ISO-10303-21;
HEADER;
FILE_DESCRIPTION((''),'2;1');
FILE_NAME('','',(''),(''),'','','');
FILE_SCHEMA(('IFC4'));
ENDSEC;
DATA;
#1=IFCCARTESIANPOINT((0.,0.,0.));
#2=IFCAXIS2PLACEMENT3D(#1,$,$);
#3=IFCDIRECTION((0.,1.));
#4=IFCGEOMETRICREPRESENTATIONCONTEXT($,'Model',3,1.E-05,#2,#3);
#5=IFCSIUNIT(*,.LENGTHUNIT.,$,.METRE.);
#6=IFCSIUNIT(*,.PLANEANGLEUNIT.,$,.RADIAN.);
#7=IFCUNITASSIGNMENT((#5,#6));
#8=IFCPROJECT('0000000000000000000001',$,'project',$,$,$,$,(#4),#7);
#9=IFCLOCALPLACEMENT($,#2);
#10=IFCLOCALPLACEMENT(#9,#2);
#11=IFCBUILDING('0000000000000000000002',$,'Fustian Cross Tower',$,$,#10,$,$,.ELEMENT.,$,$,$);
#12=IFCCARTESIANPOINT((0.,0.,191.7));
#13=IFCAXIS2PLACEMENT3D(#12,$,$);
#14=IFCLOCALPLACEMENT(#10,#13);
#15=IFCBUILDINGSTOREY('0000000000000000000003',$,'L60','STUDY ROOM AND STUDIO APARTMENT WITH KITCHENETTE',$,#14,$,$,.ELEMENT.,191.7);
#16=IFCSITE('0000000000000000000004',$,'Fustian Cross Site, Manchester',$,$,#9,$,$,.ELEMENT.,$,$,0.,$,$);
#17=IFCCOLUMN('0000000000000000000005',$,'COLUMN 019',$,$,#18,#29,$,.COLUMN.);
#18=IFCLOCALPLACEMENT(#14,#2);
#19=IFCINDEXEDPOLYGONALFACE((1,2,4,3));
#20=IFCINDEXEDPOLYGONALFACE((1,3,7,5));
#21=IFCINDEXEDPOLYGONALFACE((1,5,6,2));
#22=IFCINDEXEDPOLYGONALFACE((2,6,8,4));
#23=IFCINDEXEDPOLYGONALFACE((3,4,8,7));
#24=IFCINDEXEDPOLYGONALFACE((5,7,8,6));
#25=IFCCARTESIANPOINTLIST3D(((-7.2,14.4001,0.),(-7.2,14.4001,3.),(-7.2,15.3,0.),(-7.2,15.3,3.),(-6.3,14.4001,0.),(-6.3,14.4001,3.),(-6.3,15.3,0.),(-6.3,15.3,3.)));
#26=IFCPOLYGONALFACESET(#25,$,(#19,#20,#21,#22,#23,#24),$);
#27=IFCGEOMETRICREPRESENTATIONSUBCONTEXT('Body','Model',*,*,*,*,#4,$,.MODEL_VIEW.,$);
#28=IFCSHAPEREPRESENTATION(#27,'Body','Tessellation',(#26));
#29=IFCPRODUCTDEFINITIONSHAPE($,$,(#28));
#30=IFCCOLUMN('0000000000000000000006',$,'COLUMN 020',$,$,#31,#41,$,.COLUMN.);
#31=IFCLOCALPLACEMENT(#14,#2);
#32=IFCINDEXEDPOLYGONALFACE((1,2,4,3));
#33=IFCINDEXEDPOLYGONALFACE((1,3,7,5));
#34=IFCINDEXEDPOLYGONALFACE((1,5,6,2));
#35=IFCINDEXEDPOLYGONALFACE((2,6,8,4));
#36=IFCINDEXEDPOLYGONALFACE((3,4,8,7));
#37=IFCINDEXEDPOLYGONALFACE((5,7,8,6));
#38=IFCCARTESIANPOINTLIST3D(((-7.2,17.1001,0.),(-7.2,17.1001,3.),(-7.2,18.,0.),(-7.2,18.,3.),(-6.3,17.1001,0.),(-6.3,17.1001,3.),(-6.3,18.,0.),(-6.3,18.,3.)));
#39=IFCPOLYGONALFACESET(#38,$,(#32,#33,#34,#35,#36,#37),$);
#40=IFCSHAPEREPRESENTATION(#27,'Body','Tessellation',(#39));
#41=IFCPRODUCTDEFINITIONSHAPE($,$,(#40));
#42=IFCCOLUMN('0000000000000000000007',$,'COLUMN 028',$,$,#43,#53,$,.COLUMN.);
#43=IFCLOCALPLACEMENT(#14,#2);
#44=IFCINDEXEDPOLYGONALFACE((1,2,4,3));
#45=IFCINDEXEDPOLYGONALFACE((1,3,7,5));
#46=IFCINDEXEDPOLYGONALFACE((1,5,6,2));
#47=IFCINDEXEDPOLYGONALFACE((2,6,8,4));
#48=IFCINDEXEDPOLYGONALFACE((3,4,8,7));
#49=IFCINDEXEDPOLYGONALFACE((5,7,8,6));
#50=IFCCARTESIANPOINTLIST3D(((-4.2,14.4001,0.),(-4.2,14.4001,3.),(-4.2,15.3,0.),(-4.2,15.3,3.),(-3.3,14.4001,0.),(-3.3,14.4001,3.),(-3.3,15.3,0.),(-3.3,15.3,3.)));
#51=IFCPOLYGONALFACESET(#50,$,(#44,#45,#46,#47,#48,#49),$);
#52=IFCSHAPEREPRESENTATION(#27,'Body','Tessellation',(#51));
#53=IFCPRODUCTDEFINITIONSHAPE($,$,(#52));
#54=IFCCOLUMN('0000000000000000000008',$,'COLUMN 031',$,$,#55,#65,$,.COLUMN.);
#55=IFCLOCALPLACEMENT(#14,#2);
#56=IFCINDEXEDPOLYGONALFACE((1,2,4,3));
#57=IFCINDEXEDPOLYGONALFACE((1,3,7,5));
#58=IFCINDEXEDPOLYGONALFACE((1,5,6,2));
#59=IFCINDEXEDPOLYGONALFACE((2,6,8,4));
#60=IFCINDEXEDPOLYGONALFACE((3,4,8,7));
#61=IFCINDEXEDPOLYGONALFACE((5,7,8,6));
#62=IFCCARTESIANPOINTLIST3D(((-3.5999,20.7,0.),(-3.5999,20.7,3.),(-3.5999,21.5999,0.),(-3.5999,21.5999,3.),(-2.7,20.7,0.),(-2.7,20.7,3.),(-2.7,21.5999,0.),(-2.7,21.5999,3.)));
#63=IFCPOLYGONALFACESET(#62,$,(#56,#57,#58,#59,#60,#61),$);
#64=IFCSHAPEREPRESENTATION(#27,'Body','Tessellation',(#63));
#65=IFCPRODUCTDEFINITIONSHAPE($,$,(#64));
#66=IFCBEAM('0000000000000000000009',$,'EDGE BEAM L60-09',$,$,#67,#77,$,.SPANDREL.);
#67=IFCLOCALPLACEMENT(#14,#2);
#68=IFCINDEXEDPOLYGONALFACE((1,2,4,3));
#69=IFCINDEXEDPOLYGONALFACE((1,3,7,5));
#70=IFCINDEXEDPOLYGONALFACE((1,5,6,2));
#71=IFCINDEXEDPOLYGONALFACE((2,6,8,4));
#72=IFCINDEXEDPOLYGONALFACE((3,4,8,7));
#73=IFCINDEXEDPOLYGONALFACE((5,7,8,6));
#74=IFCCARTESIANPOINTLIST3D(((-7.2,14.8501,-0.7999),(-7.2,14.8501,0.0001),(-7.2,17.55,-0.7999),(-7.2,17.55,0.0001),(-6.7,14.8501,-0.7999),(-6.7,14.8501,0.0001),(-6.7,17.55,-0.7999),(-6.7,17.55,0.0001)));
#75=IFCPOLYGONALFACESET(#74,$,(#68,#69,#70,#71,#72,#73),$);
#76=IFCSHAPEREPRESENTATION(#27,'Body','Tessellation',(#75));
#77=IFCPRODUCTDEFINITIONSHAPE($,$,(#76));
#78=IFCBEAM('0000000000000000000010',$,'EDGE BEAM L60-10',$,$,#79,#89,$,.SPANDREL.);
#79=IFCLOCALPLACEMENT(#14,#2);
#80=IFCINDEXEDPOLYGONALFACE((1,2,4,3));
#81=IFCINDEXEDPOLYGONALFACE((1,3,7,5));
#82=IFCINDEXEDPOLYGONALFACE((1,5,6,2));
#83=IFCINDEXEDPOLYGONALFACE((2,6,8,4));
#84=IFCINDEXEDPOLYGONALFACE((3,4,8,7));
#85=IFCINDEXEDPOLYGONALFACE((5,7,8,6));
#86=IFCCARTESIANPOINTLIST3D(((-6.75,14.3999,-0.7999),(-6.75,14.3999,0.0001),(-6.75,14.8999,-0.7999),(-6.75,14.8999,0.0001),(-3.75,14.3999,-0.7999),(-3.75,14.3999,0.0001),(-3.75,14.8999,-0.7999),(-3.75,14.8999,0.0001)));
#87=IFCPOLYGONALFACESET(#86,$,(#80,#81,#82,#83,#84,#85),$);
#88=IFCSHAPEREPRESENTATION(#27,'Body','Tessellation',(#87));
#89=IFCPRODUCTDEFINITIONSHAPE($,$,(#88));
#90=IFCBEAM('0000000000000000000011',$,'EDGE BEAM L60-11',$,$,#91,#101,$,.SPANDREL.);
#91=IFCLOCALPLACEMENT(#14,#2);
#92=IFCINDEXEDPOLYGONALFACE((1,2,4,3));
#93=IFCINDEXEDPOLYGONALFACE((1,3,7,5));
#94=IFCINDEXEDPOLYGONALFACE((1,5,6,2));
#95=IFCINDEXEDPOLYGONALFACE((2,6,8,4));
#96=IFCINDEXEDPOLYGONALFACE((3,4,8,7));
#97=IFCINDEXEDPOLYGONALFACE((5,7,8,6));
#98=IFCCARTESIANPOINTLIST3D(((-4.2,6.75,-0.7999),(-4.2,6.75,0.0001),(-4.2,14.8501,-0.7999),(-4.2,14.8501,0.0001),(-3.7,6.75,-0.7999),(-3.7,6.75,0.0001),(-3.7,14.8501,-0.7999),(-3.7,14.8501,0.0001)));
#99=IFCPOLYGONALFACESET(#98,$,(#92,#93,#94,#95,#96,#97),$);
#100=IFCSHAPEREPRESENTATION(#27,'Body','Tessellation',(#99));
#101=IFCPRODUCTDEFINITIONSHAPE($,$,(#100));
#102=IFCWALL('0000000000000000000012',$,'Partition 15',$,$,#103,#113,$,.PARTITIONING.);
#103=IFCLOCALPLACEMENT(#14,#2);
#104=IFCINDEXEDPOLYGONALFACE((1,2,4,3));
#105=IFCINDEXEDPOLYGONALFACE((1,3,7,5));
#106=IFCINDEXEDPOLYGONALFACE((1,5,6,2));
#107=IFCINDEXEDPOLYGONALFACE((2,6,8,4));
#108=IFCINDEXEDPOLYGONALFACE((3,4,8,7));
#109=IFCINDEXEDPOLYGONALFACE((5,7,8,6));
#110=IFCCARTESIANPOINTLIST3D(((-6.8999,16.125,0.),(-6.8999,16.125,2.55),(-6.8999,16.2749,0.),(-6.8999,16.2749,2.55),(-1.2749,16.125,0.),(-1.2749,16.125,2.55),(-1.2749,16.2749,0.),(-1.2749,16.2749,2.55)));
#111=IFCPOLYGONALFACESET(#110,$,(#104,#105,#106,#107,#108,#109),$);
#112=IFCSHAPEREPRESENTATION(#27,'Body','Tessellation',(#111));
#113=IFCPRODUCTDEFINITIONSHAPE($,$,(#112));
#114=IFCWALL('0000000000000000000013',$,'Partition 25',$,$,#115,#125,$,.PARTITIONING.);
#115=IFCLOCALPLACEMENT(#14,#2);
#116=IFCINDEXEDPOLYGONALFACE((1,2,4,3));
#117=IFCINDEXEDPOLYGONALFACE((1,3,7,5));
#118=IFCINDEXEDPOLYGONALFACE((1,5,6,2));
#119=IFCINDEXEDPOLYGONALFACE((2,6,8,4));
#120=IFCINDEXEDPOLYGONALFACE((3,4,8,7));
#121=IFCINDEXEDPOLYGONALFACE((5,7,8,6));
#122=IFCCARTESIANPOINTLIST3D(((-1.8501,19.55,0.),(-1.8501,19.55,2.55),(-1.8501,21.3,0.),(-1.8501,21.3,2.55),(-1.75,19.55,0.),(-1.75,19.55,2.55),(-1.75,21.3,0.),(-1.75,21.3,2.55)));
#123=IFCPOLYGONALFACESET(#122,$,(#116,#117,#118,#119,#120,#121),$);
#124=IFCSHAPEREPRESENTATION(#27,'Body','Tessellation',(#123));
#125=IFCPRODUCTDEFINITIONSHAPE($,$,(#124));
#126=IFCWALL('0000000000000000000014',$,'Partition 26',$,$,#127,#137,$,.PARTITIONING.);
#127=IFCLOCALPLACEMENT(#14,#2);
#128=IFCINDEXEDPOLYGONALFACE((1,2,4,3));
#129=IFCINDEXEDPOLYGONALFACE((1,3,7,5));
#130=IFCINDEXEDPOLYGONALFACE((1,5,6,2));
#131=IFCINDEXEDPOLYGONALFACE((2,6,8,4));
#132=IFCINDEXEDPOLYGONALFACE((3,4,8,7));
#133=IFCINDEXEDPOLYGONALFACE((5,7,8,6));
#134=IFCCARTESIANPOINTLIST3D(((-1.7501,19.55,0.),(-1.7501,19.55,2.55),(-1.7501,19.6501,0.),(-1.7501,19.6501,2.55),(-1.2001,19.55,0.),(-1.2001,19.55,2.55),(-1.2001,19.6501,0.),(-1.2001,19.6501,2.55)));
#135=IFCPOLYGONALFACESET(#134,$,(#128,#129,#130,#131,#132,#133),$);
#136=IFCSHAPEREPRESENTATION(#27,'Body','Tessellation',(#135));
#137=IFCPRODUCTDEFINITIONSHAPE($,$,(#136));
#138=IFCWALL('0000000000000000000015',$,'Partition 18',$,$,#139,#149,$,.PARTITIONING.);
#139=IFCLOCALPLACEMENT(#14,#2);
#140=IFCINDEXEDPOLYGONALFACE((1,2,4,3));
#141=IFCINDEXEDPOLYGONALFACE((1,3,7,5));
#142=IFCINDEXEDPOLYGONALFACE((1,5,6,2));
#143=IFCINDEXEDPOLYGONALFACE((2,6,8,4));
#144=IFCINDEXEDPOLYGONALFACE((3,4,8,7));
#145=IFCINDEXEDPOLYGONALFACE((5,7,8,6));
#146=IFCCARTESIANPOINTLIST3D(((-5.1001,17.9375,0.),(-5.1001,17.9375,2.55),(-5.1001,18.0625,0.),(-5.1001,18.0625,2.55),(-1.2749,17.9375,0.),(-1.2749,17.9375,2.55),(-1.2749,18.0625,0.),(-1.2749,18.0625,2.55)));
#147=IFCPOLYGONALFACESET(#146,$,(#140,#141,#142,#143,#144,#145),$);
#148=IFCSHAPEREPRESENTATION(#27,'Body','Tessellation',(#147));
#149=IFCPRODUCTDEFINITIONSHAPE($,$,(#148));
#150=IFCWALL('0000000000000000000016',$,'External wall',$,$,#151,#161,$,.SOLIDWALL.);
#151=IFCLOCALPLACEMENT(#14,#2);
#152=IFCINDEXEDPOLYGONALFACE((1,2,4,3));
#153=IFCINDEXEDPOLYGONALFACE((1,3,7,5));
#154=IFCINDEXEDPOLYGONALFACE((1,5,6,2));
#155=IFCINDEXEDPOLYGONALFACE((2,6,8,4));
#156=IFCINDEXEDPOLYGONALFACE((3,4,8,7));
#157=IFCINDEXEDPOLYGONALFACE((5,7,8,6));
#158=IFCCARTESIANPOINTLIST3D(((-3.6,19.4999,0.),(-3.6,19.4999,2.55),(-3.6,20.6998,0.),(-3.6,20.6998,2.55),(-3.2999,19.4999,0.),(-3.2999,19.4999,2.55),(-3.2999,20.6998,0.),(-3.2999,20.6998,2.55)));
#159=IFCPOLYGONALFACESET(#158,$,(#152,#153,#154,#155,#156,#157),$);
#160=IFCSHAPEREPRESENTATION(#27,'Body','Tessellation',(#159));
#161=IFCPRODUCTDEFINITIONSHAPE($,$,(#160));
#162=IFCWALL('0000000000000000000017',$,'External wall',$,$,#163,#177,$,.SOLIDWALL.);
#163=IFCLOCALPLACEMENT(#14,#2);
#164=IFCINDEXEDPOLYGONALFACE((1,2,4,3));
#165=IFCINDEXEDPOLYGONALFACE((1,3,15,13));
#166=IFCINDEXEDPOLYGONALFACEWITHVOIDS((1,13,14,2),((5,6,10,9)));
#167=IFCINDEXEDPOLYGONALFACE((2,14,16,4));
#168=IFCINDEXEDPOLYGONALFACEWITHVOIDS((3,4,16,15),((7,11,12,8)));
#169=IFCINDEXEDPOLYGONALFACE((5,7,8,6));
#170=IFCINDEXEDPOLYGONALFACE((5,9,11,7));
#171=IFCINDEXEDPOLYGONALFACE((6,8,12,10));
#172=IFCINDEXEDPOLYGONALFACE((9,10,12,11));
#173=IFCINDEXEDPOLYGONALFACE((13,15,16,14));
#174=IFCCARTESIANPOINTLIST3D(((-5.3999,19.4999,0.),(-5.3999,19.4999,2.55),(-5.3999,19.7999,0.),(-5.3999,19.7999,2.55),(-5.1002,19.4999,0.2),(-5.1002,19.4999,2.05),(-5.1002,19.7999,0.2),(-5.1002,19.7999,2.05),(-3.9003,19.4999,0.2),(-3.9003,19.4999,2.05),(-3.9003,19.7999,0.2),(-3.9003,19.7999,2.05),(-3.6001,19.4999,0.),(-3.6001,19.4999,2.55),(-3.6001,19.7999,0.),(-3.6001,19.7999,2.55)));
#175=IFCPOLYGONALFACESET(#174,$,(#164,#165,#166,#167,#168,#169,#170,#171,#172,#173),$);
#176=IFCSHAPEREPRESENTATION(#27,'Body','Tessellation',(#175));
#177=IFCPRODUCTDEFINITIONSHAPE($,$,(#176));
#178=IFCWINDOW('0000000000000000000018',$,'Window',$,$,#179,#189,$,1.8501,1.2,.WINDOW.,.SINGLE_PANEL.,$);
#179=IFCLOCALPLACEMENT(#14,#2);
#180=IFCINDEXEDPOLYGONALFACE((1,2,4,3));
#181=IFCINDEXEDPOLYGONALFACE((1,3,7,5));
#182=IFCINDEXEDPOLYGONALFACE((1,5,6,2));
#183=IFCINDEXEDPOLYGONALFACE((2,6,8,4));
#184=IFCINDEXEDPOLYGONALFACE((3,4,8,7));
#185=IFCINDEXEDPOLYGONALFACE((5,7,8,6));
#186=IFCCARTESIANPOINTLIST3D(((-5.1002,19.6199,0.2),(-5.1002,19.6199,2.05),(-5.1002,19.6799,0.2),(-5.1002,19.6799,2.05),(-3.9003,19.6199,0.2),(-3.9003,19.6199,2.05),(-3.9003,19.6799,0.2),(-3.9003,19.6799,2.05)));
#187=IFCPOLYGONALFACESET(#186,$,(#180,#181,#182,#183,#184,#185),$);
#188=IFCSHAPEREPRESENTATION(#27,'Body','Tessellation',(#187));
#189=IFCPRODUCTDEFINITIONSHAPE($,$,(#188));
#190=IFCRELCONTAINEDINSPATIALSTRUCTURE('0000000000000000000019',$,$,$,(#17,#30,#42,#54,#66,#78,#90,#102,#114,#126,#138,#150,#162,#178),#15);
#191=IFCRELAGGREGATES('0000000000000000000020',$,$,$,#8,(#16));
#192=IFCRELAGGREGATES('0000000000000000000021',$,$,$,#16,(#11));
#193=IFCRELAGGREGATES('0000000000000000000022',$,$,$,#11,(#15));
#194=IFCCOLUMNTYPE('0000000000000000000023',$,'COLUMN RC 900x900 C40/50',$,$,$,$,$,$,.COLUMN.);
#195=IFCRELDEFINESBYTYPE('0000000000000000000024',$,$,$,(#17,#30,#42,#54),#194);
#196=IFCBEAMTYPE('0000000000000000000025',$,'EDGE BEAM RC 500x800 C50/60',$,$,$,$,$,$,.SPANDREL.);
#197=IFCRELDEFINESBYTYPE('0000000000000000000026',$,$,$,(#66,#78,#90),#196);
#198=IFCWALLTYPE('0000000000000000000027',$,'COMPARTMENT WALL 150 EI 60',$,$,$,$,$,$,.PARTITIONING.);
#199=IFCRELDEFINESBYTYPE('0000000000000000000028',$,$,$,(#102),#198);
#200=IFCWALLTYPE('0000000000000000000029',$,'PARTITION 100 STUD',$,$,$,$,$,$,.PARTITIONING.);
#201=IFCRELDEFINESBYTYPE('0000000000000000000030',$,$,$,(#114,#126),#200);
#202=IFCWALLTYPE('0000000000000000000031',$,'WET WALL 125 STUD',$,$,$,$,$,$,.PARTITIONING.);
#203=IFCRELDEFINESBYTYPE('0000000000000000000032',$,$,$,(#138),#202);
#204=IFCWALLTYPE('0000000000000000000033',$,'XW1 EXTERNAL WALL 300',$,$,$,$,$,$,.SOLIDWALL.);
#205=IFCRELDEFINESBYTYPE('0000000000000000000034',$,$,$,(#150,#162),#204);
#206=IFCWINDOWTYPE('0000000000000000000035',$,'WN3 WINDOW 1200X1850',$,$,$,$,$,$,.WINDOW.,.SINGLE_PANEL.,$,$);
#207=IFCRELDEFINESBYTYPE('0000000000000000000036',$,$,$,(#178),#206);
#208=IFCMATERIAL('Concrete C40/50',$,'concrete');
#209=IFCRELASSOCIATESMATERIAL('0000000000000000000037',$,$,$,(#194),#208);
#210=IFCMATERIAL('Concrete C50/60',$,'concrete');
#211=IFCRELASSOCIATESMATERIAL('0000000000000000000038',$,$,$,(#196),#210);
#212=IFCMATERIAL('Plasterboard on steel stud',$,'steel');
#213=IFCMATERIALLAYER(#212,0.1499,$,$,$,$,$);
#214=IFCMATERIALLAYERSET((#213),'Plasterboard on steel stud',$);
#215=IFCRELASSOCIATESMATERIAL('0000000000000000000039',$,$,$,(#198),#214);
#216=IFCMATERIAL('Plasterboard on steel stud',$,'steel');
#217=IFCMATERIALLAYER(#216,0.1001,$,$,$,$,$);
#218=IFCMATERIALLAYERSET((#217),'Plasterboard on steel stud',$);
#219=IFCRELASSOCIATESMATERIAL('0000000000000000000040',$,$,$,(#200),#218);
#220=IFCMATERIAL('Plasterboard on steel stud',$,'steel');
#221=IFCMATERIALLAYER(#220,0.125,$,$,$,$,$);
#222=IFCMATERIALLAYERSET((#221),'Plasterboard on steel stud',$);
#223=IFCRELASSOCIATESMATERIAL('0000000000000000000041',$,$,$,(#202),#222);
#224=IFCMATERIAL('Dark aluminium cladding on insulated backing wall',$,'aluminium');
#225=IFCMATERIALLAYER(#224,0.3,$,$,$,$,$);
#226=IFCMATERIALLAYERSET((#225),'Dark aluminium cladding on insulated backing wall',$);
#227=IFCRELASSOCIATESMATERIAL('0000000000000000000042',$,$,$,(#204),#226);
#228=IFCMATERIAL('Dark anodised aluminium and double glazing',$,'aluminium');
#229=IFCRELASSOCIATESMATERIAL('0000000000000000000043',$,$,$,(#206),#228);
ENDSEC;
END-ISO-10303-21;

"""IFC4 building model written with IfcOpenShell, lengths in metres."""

from ifc_helpers import new_model, si_unit, direction, frame, frame_2d, origin, origin_2d, place, context, subcontext, project, spatial, rectangle, extrude, material, layer, layer_set, material_profile, profile_set, type_object, element, fill, save


model = new_model("IFC4")

# Units and contexts
model_context = context("Model", 3, precision=1e-05, world=origin(), true_north=direction((0.0, 1.0)))
body_context = subcontext(model_context, "Body", "Model", "MODEL_VIEW")
ifc_project = project(units=[si_unit("LENGTHUNIT", "METRE"), si_unit("PLANEANGLEUNIT", "RADIAN")], contexts=[model_context])

# Site, building, storey
site_placement = place(None, origin())
site = spatial("IfcSite", under=ifc_project, at=site_placement, Name="Fustian Cross Site, Manchester", CompositionType="ELEMENT", RefElevation=0.0)
building_placement = place(site_placement, origin())
building = spatial("IfcBuilding", under=site, at=building_placement, Name="Fustian Cross Tower", CompositionType="ELEMENT")
storey_placement = place(building_placement, frame((0.0, 0.0, 191.7)))
storey = spatial("IfcBuildingStorey", under=building, at=storey_placement, Name="L60", Description="STUDY ROOM AND STUDIO APARTMENT WITH KITCHENETTE", CompositionType="ELEMENT", Elevation=191.7)

# Columns
ifc_material_1 = material(Name="Concrete C40/50", Category="concrete")
ifc_material_profile_1 = material_profile(ifc_material_1, rectangle(XDim=0.8999, YDim=0.8999, at=origin_2d()), Name="RC 900x900")
ifc_profile_set_1 = profile_set([ifc_material_profile_1], Name="Concrete C40/50")
column_type = type_object("IfcColumnType", Name="COLUMN RC 900x900 C40/50", PredefinedType="COLUMN", material=ifc_profile_set_1)
for number, where, z_axis, x_axis, name in (
    (1, (-6.75, 14.8501, 0.0), (0.0, 0.0, 1.0), (1.0, 0.0, 0.0), "COLUMN 019"),
    (2, (-6.75, 17.55, 0.0), (0.0, 0.0, 1.0), (1.0, 0.0, 0.0), "COLUMN 020"),
    (3, (-3.75, 14.8501, 0.0), (0.0, 0.0, 1.0), (1.0, 0.0, 0.0), "COLUMN 028"),
    (4, (-3.1499, 21.1499, 0.0), (0.0, 0.0, 1.0), (1.0, 0.0, 0.0), "COLUMN 031"),
):
    element("IfcColumn", number, at=place(storey_placement, frame(where, z_axis=z_axis, x_axis=x_axis)), inside=storey, type_object=column_type, Name=name, PredefinedType="COLUMN", context=body_context, shape_type="SweptSolid", body=[
        extrude(rectangle(XDim=0.8999, YDim=0.8999, at=origin_2d()), origin(), (0.0, 0.0, 1.0), 3.0),
    ])

# Beams
ifc_material_2 = material(Name="Concrete C50/60", Category="concrete")
ifc_material_profile_2 = material_profile(ifc_material_2, rectangle(XDim=0.5, YDim=0.8, at=origin_2d()), Name="RC 500x800")
ifc_profile_set_2 = profile_set([ifc_material_profile_2], Name="Concrete C50/60")
beam_type = type_object("IfcBeamType", Name="EDGE BEAM RC 500x800 C50/60", PredefinedType="SPANDREL", material=ifc_profile_set_2)
beam_1_placement = place(storey_placement, frame((-6.95, 17.55, -0.3999), z_axis=(0.0, -1.0, 0.0), x_axis=(1.0, 0.0, 0.0)))
element("IfcBeam", 5, at=beam_1_placement, inside=storey, type_object=beam_type, Name="EDGE BEAM L60-09", PredefinedType="SPANDREL", context=body_context, shape_type="SweptSolid", body=[
    extrude(rectangle(XDim=0.5, YDim=0.8, at=origin_2d()), origin(), (0.0, 0.0, 1.0), 2.7),
])
beam_2_placement = place(storey_placement, frame((-6.75, 14.6499, -0.3999), z_axis=(1.0, 0.0, 0.0), x_axis=(0.0, 1.0, 0.0)))
element("IfcBeam", 6, at=beam_2_placement, inside=storey, type_object=beam_type, Name="EDGE BEAM L60-10", PredefinedType="SPANDREL", context=body_context, shape_type="SweptSolid", body=[
    extrude(rectangle(XDim=0.5, YDim=0.8, at=origin_2d()), origin(), (0.0, 0.0, 1.0), 3.0),
])
beam_3_placement = place(storey_placement, frame((-3.95, 14.8501, -0.3999), z_axis=(0.0, -1.0, 0.0), x_axis=(1.0, 0.0, 0.0)))
element("IfcBeam", 7, at=beam_3_placement, inside=storey, type_object=beam_type, Name="EDGE BEAM L60-11", PredefinedType="SPANDREL", context=body_context, shape_type="SweptSolid", body=[
    extrude(rectangle(XDim=0.5, YDim=0.8, at=origin_2d()), origin(), (0.0, 0.0, 1.0), 8.1001),
])

# Walls
ifc_material_3 = material(Name="Plasterboard on steel stud", Category="steel")
ifc_layer_1 = layer(ifc_material_3, 0.1499)
ifc_layer_set_1 = layer_set([ifc_layer_1], Name="Plasterboard on steel stud")
wall_type_1 = type_object("IfcWallType", Name="COMPARTMENT WALL 150 EI 60", PredefinedType="PARTITIONING", material=ifc_layer_set_1)
wall_1_placement = place(storey_placement, frame((-6.8999, 16.2, 0.0), z_axis=(0.0, 0.0, 1.0), x_axis=(1.0, 0.0, 0.0)))
element("IfcWall", 8, at=wall_1_placement, inside=storey, type_object=wall_type_1, Name="Partition 15", PredefinedType="PARTITIONING", context=body_context, shape_type="SweptSolid", body=[
    extrude(rectangle(XDim=5.625, YDim=0.1499, at=frame_2d((2.8125, 0.0))), origin(), (0.0, 0.0, 1.0), 2.55),
])
ifc_material_4 = material(Name="Plasterboard on steel stud", Category="steel")
ifc_layer_2 = layer(ifc_material_4, 0.1001)
ifc_layer_set_2 = layer_set([ifc_layer_2], Name="Plasterboard on steel stud")
wall_type_2 = type_object("IfcWallType", Name="PARTITION 100 STUD", PredefinedType="PARTITIONING", material=ifc_layer_set_2)
wall_2_placement = place(storey_placement, frame((-1.8, 19.55, 0.0), z_axis=(0.0, 0.0, 1.0), x_axis=(0.0, 1.0, 0.0)))
element("IfcWall", 9, at=wall_2_placement, inside=storey, type_object=wall_type_2, Name="Partition 25", PredefinedType="PARTITIONING", context=body_context, shape_type="SweptSolid", body=[
    extrude(rectangle(XDim=1.75, YDim=0.1001, at=frame_2d((0.875, 0.0))), origin(), (0.0, 0.0, 1.0), 2.55),
])
wall_3_placement = place(storey_placement, frame((-1.75, 19.6001, 0.0), z_axis=(0.0, 0.0, 1.0), x_axis=(1.0, 0.0, 0.0)))
element("IfcWall", 10, at=wall_3_placement, inside=storey, type_object=wall_type_2, Name="Partition 26", PredefinedType="PARTITIONING", context=body_context, shape_type="SweptSolid", body=[
    extrude(rectangle(XDim=0.55, YDim=0.1001, at=frame_2d((0.2749, 0.0))), origin(), (0.0, 0.0, 1.0), 2.55),
])
ifc_material_5 = material(Name="Plasterboard on steel stud", Category="steel")
ifc_layer_3 = layer(ifc_material_5, 0.125)
ifc_layer_set_3 = layer_set([ifc_layer_3], Name="Plasterboard on steel stud")
wall_type_3 = type_object("IfcWallType", Name="WET WALL 125 STUD", PredefinedType="PARTITIONING", material=ifc_layer_set_3)
wall_4_placement = place(storey_placement, frame((-5.1001, 18.0, 0.0), z_axis=(0.0, 0.0, 1.0), x_axis=(1.0, 0.0, 0.0)))
element("IfcWall", 11, at=wall_4_placement, inside=storey, type_object=wall_type_3, Name="Partition 18", PredefinedType="PARTITIONING", context=body_context, shape_type="SweptSolid", body=[
    extrude(rectangle(XDim=3.8252, YDim=0.125, at=frame_2d((1.9126, 0.0))), origin(), (0.0, 0.0, 1.0), 2.55),
])
ifc_material_6 = material(Name="Dark aluminium cladding on insulated backing wall", Category="aluminium")
ifc_layer_4 = layer(ifc_material_6, 0.3)
ifc_layer_set_4 = layer_set([ifc_layer_4], Name="Dark aluminium cladding on insulated backing wall")
wall_type_4 = type_object("IfcWallType", Name="XW1 EXTERNAL WALL 300", PredefinedType="SOLIDWALL", material=ifc_layer_set_4)
wall_5_placement = place(storey_placement, frame((-3.45, 20.7, 0.0), z_axis=(0.0, 0.0, 1.0), x_axis=(0.0, -1.0, 0.0)))
element("IfcWall", 12, at=wall_5_placement, inside=storey, type_object=wall_type_4, Name="External wall", PredefinedType="SOLIDWALL", context=body_context, shape_type="SweptSolid", body=[
    extrude(rectangle(XDim=1.2, YDim=0.3, at=frame_2d((0.6001, 0.0))), origin(), (0.0, 0.0, 1.0), 2.55),
])

# Wall, opening, window
wall_6_placement = place(storey_placement, frame((-3.6001, 19.6499, 0.0), z_axis=(0.0, 0.0, 1.0), x_axis=(-1.0, 0.0, 0.0)))
wall_6 = element("IfcWall", 13, at=wall_6_placement, inside=storey, type_object=wall_type_4, Name="External wall", PredefinedType="SOLIDWALL", context=body_context, shape_type="SweptSolid", body=[
    extrude(rectangle(XDim=1.7998, YDim=0.3, at=frame_2d((0.8999, 0.0))), origin(), (0.0, 0.0, 1.0), 2.55),
])
opening_placement = place(wall_6_placement, frame((0.3, 0.0, 0.2)))
opening = element("IfcOpeningElement", 14, at=opening_placement, cuts=wall_6, PredefinedType="OPENING", context=body_context, shape_type="SweptSolid", body=[
    extrude(rectangle(XDim=1.2, YDim=1.8501, at=frame_2d((0.6001, 0.925))), frame((0.0, 0.1599, 0.0), z_axis=(0.0, -1.0, 0.0), x_axis=(1.0, 0.0, 0.0)), (0.0, 0.0, 1.0), 0.3201),
])
ifc_material_7 = material(Name="Dark anodised aluminium and double glazing", Category="aluminium")
window_type = type_object("IfcWindowType", Name="WN3 WINDOW 1200X1850", PartitioningType="SINGLE_PANEL", PredefinedType="WINDOW", material=ifc_material_7)
window_placement = place(opening_placement, origin())
window = element("IfcWindow", 15, at=window_placement, inside=storey, type_object=window_type, Name="Window", OverallHeight=1.8501, OverallWidth=1.2, PartitioningType="SINGLE_PANEL", PredefinedType="WINDOW", context=body_context, shape_type="SweptSolid", body=[
    extrude(rectangle(XDim=1.2, YDim=1.8501, at=frame_2d((0.6001, 0.925))), frame((0.0, 0.03, 0.0), z_axis=(0.0, -1.0, 0.0), x_axis=(1.0, 0.0, 0.0)), (0.0, 0.0, 1.0), 0.0601),
])
fill(opening, window)

save(model, "model.ifc")
